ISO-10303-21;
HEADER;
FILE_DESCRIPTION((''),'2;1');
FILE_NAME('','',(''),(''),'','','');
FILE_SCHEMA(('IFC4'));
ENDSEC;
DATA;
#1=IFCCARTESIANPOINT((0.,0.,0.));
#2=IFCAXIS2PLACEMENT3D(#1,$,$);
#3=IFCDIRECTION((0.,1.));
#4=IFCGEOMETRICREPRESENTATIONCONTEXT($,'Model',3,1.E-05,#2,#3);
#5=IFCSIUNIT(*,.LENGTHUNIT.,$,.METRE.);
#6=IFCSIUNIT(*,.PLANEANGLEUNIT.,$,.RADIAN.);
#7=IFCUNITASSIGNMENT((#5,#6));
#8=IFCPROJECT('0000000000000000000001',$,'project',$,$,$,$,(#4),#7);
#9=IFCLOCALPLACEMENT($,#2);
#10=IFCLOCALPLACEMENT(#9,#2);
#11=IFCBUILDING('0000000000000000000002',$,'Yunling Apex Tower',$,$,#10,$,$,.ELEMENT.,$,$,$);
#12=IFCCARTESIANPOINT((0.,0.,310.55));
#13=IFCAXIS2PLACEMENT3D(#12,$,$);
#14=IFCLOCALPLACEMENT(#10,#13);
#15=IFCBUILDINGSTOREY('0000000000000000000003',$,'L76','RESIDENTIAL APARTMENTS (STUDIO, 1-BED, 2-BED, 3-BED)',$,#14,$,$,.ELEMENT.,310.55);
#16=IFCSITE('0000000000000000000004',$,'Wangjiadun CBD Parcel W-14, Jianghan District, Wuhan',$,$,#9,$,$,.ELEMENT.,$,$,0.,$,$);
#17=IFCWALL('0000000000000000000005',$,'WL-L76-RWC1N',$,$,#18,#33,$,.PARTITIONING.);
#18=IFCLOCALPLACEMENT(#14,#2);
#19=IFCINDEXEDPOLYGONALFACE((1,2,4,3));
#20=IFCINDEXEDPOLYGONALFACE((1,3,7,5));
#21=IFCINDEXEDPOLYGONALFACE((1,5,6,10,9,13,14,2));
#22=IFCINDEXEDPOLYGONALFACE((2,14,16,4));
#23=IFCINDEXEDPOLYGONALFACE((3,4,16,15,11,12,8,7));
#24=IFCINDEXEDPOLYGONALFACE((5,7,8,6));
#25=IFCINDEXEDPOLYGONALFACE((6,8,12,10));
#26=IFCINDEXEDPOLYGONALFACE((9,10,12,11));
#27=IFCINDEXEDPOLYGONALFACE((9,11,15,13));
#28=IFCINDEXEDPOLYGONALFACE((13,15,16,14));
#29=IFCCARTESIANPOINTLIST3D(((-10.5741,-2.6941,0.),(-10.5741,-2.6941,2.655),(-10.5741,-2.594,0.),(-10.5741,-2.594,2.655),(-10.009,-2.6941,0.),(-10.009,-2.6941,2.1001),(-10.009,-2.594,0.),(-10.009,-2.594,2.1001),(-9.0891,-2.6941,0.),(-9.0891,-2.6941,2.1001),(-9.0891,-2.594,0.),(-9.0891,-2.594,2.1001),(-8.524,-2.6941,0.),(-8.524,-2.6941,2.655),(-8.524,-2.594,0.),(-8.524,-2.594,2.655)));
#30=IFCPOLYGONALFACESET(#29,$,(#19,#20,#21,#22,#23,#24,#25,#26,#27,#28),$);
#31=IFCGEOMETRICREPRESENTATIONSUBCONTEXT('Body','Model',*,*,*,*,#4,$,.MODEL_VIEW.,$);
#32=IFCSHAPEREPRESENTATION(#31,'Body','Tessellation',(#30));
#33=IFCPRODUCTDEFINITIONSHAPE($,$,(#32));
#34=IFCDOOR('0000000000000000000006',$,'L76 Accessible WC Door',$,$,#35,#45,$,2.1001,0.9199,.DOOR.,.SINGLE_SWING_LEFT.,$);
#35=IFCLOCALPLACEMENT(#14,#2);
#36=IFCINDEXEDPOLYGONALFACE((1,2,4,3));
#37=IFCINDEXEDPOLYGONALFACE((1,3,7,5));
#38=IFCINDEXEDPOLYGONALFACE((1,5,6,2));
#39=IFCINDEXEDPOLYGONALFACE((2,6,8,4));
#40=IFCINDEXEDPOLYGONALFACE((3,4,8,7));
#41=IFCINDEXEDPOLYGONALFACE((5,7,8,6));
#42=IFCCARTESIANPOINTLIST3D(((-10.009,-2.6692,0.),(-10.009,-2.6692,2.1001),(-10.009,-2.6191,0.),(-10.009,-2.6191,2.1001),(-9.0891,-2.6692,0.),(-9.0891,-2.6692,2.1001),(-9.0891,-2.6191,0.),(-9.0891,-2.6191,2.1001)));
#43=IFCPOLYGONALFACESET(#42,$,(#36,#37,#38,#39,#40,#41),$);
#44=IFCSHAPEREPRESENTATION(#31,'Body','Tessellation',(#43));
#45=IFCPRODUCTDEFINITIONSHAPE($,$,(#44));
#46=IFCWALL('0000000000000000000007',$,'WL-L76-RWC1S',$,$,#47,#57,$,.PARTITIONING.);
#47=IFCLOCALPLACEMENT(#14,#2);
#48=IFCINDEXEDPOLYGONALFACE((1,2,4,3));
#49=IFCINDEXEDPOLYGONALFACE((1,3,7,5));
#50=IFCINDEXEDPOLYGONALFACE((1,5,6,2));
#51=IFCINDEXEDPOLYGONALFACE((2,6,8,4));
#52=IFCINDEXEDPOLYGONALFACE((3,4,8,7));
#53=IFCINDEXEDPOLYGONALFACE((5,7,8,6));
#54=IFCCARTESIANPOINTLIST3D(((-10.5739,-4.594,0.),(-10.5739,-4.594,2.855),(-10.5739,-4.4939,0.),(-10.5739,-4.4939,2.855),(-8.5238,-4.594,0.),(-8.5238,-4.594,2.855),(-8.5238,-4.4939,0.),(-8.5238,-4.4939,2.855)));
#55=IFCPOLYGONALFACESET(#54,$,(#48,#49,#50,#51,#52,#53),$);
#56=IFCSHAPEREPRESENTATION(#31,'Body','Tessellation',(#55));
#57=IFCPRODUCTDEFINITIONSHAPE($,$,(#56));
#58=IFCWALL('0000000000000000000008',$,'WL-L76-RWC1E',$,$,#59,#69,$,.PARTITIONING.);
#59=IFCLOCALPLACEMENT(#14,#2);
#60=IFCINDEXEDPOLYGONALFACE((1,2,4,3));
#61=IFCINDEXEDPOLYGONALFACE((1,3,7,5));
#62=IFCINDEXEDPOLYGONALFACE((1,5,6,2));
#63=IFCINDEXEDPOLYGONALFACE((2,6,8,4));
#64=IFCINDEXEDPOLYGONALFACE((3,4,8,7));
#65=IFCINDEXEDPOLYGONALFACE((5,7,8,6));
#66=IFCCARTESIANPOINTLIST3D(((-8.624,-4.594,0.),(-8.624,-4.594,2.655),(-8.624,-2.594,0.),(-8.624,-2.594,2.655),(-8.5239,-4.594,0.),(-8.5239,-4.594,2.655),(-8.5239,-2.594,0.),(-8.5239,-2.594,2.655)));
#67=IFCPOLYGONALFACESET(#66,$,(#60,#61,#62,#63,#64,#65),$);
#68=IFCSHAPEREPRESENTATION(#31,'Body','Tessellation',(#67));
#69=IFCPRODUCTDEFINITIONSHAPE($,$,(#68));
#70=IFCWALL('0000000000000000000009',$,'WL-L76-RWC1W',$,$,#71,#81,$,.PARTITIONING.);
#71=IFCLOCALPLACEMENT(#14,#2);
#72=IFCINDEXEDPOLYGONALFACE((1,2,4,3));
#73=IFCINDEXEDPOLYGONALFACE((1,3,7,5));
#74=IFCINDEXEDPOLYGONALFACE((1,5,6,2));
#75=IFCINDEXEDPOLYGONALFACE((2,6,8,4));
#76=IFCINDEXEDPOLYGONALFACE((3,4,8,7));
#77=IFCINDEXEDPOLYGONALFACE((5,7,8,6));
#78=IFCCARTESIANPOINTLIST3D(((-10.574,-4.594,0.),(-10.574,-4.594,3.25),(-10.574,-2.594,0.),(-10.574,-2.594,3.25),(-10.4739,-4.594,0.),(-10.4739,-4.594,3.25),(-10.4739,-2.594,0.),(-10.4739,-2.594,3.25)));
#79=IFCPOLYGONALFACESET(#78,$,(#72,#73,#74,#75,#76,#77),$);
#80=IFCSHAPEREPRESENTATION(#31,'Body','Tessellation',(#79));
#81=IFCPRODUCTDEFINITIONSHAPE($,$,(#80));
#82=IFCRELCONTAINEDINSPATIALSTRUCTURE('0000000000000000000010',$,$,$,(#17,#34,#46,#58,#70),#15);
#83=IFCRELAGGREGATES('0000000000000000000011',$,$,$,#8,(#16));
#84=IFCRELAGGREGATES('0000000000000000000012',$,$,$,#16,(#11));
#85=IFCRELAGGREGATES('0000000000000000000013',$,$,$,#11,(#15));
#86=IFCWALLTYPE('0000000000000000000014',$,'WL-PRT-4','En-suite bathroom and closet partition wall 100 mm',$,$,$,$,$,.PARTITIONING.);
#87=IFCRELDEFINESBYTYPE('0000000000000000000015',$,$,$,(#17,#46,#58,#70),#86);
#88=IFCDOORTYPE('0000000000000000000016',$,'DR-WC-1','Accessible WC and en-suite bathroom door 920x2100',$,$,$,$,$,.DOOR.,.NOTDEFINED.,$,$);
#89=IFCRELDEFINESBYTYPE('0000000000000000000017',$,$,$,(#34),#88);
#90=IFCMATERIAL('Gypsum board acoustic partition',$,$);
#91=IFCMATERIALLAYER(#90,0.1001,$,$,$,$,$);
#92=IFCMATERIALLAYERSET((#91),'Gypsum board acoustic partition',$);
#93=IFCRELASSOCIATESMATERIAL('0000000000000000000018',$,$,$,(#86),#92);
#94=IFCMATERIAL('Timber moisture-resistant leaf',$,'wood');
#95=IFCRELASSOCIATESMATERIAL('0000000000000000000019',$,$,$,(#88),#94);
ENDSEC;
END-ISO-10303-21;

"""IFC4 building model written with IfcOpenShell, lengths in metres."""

from ifc_helpers import new_model, si_unit, direction, frame, frame_2d, origin, place, context, subcontext, project, spatial, rectangle, extrude, material, layer, layer_set, type_object, element, fill, save


model = new_model("IFC4")

# Units and contexts
model_context = context("Model", 3, precision=1e-05, world=origin(), true_north=direction((0.0, 1.0)))
body_context = subcontext(model_context, "Body", "Model", "MODEL_VIEW")
ifc_project = project(units=[si_unit("LENGTHUNIT", "METRE"), si_unit("PLANEANGLEUNIT", "RADIAN")], contexts=[model_context])

# Site, building, storey
site_placement = place(None, origin())
site = spatial("IfcSite", under=ifc_project, at=site_placement, Name="Wangjiadun CBD Parcel W-14, Jianghan District, Wuhan", CompositionType="ELEMENT", RefElevation=0.0)
building_placement = place(site_placement, origin())
building = spatial("IfcBuilding", under=site, at=building_placement, Name="Yunling Apex Tower", CompositionType="ELEMENT")
storey_placement = place(building_placement, frame((0.0, 0.0, 310.55)))
storey = spatial("IfcBuildingStorey", under=building, at=storey_placement, Name="L76", Description="RESIDENTIAL APARTMENTS (STUDIO, 1-BED, 2-BED, 3-BED)", CompositionType="ELEMENT", Elevation=310.55)

# Wall, opening, door
ifc_material_1 = material(Name="Gypsum board acoustic partition")
ifc_layer_1 = layer(ifc_material_1, 0.1001)
ifc_layer_set_1 = layer_set([ifc_layer_1], Name="Gypsum board acoustic partition")
wall_type = type_object("IfcWallType", Name="WL-PRT-4", Description="En-suite bathroom and closet partition wall 100 mm", PredefinedType="PARTITIONING", material=ifc_layer_set_1)
wall_1_placement = place(storey_placement, frame((-10.574, -2.644, 0.0), z_axis=(0.0, 0.0, 1.0), x_axis=(1.0, 0.0, 0.0)))
wall_1 = element("IfcWall", 1, at=wall_1_placement, inside=storey, type_object=wall_type, Name="WL-L76-RWC1N", PredefinedType="PARTITIONING", context=body_context, shape_type="SweptSolid", body=[
    extrude(rectangle(XDim=2.05, YDim=0.1001, at=frame_2d((1.0249, 0.0))), origin(), (0.0, 0.0, 1.0), 2.655),
])
opening_placement = place(wall_1_placement, frame((0.5649, 0.0, 0.0)))
opening = element("IfcOpeningElement", 2, at=opening_placement, cuts=wall_1, PredefinedType="OPENING", context=body_context, shape_type="SweptSolid", body=[
    extrude(rectangle(XDim=0.9199, YDim=2.1001, at=frame_2d((0.46, 1.05))), frame((0.0, 0.0601, 0.0), z_axis=(0.0, -1.0, 0.0), x_axis=(1.0, 0.0, 0.0)), (0.0, 0.0, 1.0), 0.1201),
])
ifc_material_2 = material(Name="Timber moisture-resistant leaf", Category="wood")
door_type = type_object("IfcDoorType", Name="DR-WC-1", Description="Accessible WC and en-suite bathroom door 920x2100", OperationType="NOTDEFINED", PredefinedType="DOOR", material=ifc_material_2)
door_placement = place(opening_placement, origin())
door = element("IfcDoor", 3, at=door_placement, inside=storey, type_object=door_type, Name="L76 Accessible WC Door", OperationType="SINGLE_SWING_LEFT", OverallHeight=2.1001, OverallWidth=0.9199, PredefinedType="DOOR", context=body_context, shape_type="SweptSolid", body=[
    extrude(rectangle(XDim=0.9199, YDim=2.1001, at=frame_2d((0.46, 1.05))), frame((0.0, 0.0249, 0.0), z_axis=(0.0, -1.0, 0.0), x_axis=(1.0, 0.0, 0.0)), (0.0, 0.0, 1.0), 0.05),
])
fill(opening, door)

# Walls
wall_2_placement = place(storey_placement, frame((-8.5239, -4.5439, 0.0), z_axis=(0.0, 0.0, 1.0), x_axis=(-1.0, 0.0, 0.0)))
element("IfcWall", 4, at=wall_2_placement, inside=storey, type_object=wall_type, Name="WL-L76-RWC1S", PredefinedType="PARTITIONING", context=body_context, shape_type="SweptSolid", body=[
    extrude(rectangle(XDim=2.05, YDim=0.1001, at=frame_2d((1.0249, 0.0))), origin(), (0.0, 0.0, 1.0), 2.855),
])
wall_3_placement = place(storey_placement, frame((-8.574, -2.594, 0.0), z_axis=(0.0, 0.0, 1.0), x_axis=(0.0, -1.0, 0.0)))
element("IfcWall", 5, at=wall_3_placement, inside=storey, type_object=wall_type, Name="WL-L76-RWC1E", PredefinedType="PARTITIONING", context=body_context, shape_type="SweptSolid", body=[
    extrude(rectangle(XDim=2.0, YDim=0.1001, at=frame_2d((1.0, 0.0))), origin(), (0.0, 0.0, 1.0), 2.655),
])
wall_4_placement = place(storey_placement, frame((-10.5239, -4.594, 0.0), z_axis=(0.0, 0.0, 1.0), x_axis=(0.0, 1.0, 0.0)))
element("IfcWall", 6, at=wall_4_placement, inside=storey, type_object=wall_type, Name="WL-L76-RWC1W", PredefinedType="PARTITIONING", context=body_context, shape_type="SweptSolid", body=[
    extrude(rectangle(XDim=2.0, YDim=0.1001, at=frame_2d((1.0, 0.0))), origin(), (0.0, 0.0, 1.0), 3.25),
])

save(model, "model.ifc")
